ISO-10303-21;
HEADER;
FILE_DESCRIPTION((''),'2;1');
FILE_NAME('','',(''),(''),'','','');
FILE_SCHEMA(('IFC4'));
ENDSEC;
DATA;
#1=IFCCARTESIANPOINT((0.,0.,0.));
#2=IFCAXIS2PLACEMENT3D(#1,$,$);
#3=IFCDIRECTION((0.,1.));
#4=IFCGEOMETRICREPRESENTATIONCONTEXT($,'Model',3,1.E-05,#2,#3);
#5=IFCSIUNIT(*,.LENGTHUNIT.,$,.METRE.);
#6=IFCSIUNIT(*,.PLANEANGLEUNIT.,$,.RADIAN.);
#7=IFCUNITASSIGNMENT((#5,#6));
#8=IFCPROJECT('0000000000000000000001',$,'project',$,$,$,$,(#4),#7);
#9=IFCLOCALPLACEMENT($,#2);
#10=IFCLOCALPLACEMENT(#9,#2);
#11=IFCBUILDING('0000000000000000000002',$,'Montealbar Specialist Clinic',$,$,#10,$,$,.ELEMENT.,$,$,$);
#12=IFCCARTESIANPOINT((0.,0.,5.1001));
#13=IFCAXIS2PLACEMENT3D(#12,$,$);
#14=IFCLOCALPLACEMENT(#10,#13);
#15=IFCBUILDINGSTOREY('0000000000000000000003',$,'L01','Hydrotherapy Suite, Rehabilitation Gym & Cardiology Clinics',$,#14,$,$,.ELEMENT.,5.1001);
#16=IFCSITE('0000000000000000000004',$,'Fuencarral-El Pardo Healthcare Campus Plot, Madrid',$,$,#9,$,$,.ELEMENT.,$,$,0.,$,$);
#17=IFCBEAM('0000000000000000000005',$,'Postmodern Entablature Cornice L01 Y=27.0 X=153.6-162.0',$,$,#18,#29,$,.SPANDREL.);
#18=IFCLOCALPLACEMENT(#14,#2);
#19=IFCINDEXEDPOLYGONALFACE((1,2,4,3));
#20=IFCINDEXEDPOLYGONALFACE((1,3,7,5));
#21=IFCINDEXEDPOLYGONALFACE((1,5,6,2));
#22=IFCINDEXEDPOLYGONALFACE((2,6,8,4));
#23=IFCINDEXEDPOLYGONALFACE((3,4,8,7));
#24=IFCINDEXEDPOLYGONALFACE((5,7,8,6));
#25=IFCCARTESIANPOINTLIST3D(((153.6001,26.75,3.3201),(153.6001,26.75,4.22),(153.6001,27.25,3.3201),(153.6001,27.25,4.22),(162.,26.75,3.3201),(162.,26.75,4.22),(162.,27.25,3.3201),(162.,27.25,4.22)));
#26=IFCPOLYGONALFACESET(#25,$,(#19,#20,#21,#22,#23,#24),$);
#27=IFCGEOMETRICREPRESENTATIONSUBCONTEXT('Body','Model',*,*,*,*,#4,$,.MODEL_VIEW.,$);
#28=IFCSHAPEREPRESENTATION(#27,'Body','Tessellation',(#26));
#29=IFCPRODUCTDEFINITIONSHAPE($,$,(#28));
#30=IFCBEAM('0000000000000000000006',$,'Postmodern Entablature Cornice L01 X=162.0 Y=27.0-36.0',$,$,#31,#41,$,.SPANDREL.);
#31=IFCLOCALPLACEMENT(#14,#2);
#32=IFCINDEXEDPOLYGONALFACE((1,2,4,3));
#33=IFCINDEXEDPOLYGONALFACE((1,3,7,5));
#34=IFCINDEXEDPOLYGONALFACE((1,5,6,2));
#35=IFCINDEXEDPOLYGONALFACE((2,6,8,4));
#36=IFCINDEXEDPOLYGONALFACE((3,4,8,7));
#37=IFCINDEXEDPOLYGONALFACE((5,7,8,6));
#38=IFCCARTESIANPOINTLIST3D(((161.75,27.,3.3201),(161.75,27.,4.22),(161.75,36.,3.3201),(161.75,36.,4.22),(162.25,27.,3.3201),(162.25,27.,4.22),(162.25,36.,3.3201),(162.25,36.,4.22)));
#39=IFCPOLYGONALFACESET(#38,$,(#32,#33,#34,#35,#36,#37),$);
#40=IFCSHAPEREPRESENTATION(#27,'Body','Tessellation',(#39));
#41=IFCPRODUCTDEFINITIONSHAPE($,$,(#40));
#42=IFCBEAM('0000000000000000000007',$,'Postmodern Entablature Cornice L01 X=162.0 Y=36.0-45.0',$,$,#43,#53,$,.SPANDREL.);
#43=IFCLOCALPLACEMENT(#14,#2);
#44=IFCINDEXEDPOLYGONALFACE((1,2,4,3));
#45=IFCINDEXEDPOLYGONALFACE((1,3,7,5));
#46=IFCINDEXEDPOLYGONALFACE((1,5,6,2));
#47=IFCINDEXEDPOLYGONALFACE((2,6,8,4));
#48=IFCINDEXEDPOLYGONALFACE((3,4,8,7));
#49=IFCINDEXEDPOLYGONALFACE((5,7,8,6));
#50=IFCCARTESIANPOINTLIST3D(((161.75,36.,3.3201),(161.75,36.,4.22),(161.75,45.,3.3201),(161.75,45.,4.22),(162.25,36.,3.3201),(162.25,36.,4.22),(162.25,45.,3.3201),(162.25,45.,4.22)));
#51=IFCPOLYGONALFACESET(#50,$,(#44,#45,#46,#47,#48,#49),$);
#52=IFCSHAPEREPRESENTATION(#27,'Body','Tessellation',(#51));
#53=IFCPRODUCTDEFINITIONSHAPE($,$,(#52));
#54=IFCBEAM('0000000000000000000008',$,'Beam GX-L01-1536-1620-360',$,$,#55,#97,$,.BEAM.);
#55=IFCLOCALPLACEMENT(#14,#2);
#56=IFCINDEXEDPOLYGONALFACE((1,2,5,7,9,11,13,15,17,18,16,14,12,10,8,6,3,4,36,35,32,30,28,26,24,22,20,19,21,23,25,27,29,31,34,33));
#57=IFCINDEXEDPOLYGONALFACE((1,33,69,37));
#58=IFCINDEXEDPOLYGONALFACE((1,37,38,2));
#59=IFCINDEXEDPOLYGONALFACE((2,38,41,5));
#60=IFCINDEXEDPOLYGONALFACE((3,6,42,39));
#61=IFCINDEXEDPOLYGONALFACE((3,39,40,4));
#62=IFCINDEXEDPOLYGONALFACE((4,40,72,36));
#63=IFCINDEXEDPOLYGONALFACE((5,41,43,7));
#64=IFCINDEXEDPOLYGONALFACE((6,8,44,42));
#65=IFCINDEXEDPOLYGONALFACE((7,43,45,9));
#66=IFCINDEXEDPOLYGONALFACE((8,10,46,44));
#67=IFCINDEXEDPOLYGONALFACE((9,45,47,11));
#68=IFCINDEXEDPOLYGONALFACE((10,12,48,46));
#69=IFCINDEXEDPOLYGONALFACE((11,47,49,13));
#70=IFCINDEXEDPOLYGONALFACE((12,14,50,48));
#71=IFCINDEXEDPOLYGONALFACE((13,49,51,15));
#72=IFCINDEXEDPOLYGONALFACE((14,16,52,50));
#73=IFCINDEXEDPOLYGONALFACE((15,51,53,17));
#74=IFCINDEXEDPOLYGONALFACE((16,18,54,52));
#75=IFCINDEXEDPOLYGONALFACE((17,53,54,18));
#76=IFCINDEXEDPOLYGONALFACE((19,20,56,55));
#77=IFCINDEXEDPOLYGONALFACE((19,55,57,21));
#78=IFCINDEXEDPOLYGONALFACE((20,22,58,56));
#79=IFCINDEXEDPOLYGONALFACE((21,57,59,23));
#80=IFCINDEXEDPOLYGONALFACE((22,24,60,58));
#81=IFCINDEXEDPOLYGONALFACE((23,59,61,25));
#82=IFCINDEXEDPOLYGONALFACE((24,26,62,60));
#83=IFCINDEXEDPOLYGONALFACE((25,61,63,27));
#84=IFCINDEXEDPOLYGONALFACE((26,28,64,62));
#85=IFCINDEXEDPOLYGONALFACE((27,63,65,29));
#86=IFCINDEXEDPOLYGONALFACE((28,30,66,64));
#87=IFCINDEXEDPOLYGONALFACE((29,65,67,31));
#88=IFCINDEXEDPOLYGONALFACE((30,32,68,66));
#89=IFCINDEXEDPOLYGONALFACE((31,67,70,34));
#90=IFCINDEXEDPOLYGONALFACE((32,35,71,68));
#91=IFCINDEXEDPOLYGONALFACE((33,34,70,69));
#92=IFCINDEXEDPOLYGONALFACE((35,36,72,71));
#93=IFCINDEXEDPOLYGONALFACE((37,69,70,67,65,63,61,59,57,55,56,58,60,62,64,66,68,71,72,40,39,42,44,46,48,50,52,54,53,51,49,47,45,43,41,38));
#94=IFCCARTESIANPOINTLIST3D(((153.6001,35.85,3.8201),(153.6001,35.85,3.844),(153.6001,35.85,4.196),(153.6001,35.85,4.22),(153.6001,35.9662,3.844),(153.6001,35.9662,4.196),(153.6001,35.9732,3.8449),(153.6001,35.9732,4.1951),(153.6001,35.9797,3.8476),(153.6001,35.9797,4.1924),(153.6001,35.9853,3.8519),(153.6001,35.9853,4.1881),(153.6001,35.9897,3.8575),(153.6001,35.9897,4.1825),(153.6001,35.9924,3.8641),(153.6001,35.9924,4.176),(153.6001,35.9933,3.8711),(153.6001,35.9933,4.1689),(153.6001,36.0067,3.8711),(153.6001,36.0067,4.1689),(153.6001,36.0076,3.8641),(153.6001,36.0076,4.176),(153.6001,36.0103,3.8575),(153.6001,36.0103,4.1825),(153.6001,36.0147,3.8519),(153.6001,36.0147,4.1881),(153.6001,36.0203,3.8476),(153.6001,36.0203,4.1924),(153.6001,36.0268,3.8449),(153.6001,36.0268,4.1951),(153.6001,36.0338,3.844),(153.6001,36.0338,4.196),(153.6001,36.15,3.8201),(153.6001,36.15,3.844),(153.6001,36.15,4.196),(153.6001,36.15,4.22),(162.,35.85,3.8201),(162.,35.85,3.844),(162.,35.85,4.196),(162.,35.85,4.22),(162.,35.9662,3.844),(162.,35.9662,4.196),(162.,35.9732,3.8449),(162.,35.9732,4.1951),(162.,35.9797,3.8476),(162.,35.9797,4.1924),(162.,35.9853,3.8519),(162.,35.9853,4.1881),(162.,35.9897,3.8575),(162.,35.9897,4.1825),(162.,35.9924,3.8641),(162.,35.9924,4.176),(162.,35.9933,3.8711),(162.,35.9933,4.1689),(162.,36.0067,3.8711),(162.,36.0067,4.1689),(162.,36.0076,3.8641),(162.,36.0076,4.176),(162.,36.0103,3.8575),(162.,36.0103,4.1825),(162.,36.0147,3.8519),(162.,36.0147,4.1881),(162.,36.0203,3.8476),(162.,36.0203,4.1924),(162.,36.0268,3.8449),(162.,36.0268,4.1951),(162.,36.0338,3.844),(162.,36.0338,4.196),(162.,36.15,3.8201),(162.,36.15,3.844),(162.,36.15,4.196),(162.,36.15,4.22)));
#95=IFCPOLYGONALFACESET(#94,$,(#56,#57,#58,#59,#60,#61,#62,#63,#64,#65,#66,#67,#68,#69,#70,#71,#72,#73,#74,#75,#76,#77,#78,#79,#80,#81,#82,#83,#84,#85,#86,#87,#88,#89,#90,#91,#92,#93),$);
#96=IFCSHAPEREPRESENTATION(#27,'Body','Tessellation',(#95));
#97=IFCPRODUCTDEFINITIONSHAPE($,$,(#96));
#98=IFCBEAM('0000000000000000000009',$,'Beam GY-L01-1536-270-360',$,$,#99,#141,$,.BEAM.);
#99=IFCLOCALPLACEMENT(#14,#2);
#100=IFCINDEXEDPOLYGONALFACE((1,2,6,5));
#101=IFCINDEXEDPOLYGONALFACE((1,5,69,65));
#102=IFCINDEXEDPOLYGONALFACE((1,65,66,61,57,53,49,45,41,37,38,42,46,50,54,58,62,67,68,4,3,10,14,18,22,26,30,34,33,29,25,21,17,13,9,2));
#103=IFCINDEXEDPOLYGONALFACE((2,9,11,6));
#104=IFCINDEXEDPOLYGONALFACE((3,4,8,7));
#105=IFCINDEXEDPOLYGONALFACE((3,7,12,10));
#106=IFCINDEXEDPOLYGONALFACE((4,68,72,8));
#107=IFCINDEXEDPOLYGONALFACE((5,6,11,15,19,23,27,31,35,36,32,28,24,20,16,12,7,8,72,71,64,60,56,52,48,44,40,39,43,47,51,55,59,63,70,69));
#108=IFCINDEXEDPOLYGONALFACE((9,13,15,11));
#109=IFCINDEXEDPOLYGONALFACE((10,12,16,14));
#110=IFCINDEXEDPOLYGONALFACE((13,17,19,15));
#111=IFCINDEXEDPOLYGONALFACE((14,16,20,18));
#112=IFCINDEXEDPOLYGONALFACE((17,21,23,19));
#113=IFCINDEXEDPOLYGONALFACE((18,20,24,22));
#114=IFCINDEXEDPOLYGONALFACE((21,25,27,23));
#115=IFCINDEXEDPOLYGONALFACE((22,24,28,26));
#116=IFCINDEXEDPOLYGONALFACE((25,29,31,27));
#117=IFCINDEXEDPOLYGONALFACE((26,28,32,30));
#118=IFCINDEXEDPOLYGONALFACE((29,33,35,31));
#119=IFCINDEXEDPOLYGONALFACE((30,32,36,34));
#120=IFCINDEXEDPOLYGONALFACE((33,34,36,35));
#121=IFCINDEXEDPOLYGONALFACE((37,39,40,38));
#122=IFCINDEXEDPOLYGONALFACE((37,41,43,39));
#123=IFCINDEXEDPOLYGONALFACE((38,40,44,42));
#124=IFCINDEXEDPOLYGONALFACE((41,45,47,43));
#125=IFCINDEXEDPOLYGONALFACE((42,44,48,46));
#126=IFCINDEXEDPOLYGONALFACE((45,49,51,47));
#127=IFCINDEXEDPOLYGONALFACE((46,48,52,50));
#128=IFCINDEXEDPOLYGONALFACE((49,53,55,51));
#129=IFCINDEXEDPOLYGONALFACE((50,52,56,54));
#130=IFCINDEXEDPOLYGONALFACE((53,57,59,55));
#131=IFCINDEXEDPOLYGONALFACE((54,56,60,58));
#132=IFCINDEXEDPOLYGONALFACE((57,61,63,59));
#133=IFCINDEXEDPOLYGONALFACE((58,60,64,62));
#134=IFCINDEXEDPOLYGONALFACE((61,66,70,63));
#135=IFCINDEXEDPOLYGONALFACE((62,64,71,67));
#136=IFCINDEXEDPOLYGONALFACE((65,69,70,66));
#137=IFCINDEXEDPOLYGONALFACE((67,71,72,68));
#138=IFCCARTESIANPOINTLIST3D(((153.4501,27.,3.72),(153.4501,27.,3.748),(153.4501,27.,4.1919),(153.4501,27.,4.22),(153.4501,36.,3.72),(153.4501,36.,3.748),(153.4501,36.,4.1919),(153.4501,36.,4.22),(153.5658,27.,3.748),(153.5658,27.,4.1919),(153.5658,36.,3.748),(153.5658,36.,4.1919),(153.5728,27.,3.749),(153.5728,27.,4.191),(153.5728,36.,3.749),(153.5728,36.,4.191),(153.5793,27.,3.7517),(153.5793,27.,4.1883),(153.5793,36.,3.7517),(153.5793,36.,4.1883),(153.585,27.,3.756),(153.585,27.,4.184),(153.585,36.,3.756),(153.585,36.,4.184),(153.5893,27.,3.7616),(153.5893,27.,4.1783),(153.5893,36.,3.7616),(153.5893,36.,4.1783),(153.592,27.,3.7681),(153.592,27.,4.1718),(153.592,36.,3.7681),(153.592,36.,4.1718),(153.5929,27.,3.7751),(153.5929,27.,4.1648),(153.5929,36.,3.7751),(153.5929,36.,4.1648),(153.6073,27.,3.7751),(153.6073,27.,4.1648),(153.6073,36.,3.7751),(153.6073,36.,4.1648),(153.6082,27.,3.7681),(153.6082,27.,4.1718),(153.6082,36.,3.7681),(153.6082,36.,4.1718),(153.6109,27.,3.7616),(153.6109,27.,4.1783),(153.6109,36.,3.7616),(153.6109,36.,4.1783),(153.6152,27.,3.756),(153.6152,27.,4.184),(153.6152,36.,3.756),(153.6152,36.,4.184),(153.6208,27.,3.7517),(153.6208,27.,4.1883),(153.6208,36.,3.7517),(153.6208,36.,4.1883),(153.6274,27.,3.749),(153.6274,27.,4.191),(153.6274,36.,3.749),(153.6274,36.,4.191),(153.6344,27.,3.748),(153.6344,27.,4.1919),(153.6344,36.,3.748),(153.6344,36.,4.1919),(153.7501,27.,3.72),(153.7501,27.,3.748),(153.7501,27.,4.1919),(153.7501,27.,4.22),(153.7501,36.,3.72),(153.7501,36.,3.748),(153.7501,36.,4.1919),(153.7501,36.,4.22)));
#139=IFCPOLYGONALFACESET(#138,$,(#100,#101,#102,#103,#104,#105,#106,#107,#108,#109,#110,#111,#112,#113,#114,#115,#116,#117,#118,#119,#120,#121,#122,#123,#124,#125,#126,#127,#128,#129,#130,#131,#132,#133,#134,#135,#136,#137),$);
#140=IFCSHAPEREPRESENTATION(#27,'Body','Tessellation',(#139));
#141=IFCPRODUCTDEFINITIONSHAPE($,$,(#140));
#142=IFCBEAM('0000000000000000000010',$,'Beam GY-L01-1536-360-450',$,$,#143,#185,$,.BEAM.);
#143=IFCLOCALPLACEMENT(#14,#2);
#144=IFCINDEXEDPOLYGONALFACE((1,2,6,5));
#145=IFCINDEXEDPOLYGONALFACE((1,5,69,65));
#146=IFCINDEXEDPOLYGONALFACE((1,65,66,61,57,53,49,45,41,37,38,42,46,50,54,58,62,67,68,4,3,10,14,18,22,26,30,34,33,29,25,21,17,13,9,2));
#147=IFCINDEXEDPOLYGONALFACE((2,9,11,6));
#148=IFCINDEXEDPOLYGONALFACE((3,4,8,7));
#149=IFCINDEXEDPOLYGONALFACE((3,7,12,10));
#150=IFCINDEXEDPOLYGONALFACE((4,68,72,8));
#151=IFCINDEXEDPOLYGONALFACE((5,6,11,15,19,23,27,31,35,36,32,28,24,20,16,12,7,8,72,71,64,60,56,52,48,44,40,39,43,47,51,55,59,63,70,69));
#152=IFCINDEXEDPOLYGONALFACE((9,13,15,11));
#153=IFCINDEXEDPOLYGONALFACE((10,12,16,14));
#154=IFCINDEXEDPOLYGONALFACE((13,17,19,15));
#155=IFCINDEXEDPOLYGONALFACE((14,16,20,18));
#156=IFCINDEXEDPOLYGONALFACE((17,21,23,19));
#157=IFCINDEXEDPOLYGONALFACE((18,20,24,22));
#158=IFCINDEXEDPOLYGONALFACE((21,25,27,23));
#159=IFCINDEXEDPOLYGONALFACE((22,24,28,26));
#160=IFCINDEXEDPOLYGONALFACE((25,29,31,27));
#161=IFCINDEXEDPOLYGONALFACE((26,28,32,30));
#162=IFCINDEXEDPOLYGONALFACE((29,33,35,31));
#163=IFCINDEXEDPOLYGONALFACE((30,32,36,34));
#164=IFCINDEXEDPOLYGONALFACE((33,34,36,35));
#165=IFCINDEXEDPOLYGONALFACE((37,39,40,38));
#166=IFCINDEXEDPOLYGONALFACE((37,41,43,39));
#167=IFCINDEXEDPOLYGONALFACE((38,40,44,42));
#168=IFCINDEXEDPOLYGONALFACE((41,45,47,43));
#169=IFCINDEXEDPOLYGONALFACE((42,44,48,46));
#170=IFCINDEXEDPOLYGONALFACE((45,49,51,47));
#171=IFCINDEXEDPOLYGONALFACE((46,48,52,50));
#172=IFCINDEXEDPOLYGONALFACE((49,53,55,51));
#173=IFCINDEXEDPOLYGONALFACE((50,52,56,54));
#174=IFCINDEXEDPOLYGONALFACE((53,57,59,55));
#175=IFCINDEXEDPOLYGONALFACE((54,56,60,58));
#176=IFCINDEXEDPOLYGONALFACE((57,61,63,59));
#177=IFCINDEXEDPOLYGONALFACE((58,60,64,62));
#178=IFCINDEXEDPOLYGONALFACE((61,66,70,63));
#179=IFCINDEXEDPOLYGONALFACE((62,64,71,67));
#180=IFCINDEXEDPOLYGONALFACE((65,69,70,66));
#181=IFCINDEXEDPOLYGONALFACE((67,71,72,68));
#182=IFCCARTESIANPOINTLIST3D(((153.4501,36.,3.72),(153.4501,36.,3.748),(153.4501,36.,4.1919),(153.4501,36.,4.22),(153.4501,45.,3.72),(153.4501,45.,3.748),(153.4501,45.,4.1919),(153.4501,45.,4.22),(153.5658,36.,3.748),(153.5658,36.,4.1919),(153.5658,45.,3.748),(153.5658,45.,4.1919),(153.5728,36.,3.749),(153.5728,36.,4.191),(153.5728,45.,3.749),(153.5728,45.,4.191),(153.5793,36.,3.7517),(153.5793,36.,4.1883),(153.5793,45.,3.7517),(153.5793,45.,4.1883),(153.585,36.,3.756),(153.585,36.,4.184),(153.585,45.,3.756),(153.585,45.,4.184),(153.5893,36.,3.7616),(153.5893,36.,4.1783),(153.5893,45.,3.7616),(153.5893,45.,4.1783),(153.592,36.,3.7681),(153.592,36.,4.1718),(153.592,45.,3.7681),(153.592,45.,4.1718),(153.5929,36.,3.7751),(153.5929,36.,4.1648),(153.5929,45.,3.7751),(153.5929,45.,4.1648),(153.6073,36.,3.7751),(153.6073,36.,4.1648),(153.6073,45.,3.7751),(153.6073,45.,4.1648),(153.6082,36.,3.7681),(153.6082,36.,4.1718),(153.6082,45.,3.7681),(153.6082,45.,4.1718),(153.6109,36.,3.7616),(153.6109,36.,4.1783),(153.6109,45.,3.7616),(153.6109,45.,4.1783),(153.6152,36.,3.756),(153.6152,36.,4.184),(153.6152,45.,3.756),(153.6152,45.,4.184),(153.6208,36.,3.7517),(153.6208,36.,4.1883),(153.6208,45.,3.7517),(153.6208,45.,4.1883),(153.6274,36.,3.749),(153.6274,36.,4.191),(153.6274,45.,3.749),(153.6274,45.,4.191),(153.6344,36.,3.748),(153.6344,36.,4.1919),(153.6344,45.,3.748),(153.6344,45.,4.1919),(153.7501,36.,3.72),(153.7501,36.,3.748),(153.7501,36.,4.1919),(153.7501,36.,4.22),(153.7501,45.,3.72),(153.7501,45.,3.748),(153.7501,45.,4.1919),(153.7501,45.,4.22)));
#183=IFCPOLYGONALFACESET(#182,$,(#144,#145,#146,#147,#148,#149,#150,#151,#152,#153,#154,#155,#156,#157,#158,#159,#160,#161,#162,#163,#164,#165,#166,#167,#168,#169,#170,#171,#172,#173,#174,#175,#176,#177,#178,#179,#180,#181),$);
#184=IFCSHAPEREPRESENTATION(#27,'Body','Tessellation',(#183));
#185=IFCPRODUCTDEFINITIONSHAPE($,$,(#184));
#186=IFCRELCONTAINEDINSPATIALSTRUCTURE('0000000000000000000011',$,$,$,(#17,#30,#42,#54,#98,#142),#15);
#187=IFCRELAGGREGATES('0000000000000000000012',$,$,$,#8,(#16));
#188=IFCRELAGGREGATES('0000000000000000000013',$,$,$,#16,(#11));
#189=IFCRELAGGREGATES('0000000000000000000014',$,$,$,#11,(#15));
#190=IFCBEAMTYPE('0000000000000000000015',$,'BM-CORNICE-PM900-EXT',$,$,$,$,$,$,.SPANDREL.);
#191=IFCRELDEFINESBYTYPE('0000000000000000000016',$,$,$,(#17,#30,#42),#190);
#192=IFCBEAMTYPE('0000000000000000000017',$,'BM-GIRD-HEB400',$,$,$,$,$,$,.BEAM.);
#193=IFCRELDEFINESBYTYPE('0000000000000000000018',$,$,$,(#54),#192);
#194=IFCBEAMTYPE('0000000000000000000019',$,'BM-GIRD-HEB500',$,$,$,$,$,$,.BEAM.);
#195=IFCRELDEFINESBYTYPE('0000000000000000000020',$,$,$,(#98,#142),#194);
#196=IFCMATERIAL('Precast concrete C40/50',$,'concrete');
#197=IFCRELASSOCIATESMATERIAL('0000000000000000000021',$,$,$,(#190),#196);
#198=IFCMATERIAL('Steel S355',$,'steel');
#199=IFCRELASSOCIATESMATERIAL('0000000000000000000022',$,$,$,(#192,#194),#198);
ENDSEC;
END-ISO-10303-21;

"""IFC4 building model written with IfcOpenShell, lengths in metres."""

from ifc_helpers import new_model, si_unit, direction, frame, origin, origin_2d, place, context, subcontext, project, spatial, rectangle, i_section, extrude, material, material_profile, profile_set, type_object, element, save


model = new_model("IFC4")

# Units and contexts
model_context = context("Model", 3, precision=1e-05, world=origin(), true_north=direction((0.0, 1.0)))
body_context = subcontext(model_context, "Body", "Model", "MODEL_VIEW")
ifc_project = project(units=[si_unit("LENGTHUNIT", "METRE"), si_unit("PLANEANGLEUNIT", "RADIAN")], contexts=[model_context])

# Site, building, storey
site_placement = place(None, origin())
site = spatial("IfcSite", under=ifc_project, at=site_placement, Name="Fuencarral-El Pardo Healthcare Campus Plot, Madrid", CompositionType="ELEMENT", RefElevation=0.0)
building_placement = place(site_placement, origin())
building = spatial("IfcBuilding", under=site, at=building_placement, Name="Montealbar Specialist Clinic", CompositionType="ELEMENT")
storey_placement = place(building_placement, frame((0.0, 0.0, 5.1001)))
storey = spatial("IfcBuildingStorey", under=building, at=storey_placement, Name="L01", Description="Hydrotherapy Suite, Rehabilitation Gym & Cardiology Clinics", CompositionType="ELEMENT", Elevation=5.1001)

# Shared definitions
ifc_material_1 = material(Name="Steel S355", Category="steel")

# Beams
ifc_material_2 = material(Name="Precast concrete C40/50", Category="concrete")
ifc_material_profile_1 = material_profile(ifc_material_2, rectangle(XDim=0.5, YDim=0.8999, at=origin_2d()), Name="PRECAST CORNICE 500x900", Category="concrete")
ifc_profile_set_1 = profile_set([ifc_material_profile_1], Name="Precast concrete C40/50")
beam_type_1 = type_object("IfcBeamType", Name="BM-CORNICE-PM900-EXT", PredefinedType="SPANDREL", material=ifc_profile_set_1)
beam_1_placement = place(storey_placement, frame((153.6001, 27.0, 3.77), z_axis=(1.0, 0.0, 0.0), x_axis=(0.0, 1.0, 0.0)))
element("IfcBeam", 1, at=beam_1_placement, inside=storey, type_object=beam_type_1, Name="Postmodern Entablature Cornice L01 Y=27.0 X=153.6-162.0", PredefinedType="SPANDREL", context=body_context, shape_type="SweptSolid", body=[
    extrude(rectangle(XDim=0.5, YDim=0.8999, at=origin_2d()), origin(), (0.0, 0.0, 1.0), 8.3999),
])
for number, where, z_axis, x_axis, name in (
    (2, (162.0, 27.0, 3.77), (0.0, 1.0, 0.0), (-1.0, 0.0, 0.0), "Postmodern Entablature Cornice L01 X=162.0 Y=27.0-36.0"),
    (3, (162.0, 36.0, 3.77), (0.0, 1.0, 0.0), (-1.0, 0.0, 0.0), "Postmodern Entablature Cornice L01 X=162.0 Y=36.0-45.0"),
):
    element("IfcBeam", number, at=place(storey_placement, frame(where, z_axis=z_axis, x_axis=x_axis)), inside=storey, type_object=beam_type_1, Name=name, PredefinedType="SPANDREL", context=body_context, shape_type="SweptSolid", body=[
        extrude(rectangle(XDim=0.5, YDim=0.8999, at=origin_2d()), origin(), (0.0, 0.0, 1.0), 9.0),
    ])
ifc_material_profile_2 = material_profile(ifc_material_1, i_section(OverallWidth=0.3, OverallDepth=0.3999, WebThickness=0.0134, FlangeThickness=0.0239, FilletRadius=0.0271, at=origin_2d()), Name="HEB 400", Category="steel")
ifc_profile_set_2 = profile_set([ifc_material_profile_2], Name="Steel S355")
beam_type_2 = type_object("IfcBeamType", Name="BM-GIRD-HEB400", PredefinedType="BEAM", material=ifc_profile_set_2)
beam_2_placement = place(storey_placement, frame((153.6001, 36.0, 4.02), z_axis=(1.0, 0.0, 0.0), x_axis=(0.0, 1.0, 0.0)))
element("IfcBeam", 4, at=beam_2_placement, inside=storey, type_object=beam_type_2, Name="Beam GX-L01-1536-1620-360", PredefinedType="BEAM", context=body_context, shape_type="SweptSolid", body=[
    extrude(i_section(OverallWidth=0.3, OverallDepth=0.3999, WebThickness=0.0134, FlangeThickness=0.0239, FilletRadius=0.0271, at=origin_2d()), origin(), (0.0, 0.0, 1.0), 8.3999),
])
ifc_material_profile_3 = material_profile(ifc_material_1, i_section(OverallWidth=0.3, OverallDepth=0.5, WebThickness=0.0144, FlangeThickness=0.0281, FilletRadius=0.0271, at=origin_2d()), Name="HEB 500", Category="steel")
ifc_profile_set_3 = profile_set([ifc_material_profile_3], Name="Steel S355")
beam_type_3 = type_object("IfcBeamType", Name="BM-GIRD-HEB500", PredefinedType="BEAM", material=ifc_profile_set_3)
for number, where, z_axis, x_axis, name in (
    (5, (153.6001, 27.0, 3.97), (0.0, 1.0, 0.0), (-1.0, 0.0, 0.0), "Beam GY-L01-1536-270-360"),
    (6, (153.6001, 36.0, 3.97), (0.0, 1.0, 0.0), (-1.0, 0.0, 0.0), "Beam GY-L01-1536-360-450"),
):
    element("IfcBeam", number, at=place(storey_placement, frame(where, z_axis=z_axis, x_axis=x_axis)), inside=storey, type_object=beam_type_3, Name=name, PredefinedType="BEAM", context=body_context, shape_type="SweptSolid", body=[
        extrude(i_section(OverallWidth=0.3, OverallDepth=0.5, WebThickness=0.0144, FlangeThickness=0.0281, FilletRadius=0.0271, at=origin_2d()), origin(), (0.0, 0.0, 1.0), 9.0),
    ])

save(model, "model.ifc")
